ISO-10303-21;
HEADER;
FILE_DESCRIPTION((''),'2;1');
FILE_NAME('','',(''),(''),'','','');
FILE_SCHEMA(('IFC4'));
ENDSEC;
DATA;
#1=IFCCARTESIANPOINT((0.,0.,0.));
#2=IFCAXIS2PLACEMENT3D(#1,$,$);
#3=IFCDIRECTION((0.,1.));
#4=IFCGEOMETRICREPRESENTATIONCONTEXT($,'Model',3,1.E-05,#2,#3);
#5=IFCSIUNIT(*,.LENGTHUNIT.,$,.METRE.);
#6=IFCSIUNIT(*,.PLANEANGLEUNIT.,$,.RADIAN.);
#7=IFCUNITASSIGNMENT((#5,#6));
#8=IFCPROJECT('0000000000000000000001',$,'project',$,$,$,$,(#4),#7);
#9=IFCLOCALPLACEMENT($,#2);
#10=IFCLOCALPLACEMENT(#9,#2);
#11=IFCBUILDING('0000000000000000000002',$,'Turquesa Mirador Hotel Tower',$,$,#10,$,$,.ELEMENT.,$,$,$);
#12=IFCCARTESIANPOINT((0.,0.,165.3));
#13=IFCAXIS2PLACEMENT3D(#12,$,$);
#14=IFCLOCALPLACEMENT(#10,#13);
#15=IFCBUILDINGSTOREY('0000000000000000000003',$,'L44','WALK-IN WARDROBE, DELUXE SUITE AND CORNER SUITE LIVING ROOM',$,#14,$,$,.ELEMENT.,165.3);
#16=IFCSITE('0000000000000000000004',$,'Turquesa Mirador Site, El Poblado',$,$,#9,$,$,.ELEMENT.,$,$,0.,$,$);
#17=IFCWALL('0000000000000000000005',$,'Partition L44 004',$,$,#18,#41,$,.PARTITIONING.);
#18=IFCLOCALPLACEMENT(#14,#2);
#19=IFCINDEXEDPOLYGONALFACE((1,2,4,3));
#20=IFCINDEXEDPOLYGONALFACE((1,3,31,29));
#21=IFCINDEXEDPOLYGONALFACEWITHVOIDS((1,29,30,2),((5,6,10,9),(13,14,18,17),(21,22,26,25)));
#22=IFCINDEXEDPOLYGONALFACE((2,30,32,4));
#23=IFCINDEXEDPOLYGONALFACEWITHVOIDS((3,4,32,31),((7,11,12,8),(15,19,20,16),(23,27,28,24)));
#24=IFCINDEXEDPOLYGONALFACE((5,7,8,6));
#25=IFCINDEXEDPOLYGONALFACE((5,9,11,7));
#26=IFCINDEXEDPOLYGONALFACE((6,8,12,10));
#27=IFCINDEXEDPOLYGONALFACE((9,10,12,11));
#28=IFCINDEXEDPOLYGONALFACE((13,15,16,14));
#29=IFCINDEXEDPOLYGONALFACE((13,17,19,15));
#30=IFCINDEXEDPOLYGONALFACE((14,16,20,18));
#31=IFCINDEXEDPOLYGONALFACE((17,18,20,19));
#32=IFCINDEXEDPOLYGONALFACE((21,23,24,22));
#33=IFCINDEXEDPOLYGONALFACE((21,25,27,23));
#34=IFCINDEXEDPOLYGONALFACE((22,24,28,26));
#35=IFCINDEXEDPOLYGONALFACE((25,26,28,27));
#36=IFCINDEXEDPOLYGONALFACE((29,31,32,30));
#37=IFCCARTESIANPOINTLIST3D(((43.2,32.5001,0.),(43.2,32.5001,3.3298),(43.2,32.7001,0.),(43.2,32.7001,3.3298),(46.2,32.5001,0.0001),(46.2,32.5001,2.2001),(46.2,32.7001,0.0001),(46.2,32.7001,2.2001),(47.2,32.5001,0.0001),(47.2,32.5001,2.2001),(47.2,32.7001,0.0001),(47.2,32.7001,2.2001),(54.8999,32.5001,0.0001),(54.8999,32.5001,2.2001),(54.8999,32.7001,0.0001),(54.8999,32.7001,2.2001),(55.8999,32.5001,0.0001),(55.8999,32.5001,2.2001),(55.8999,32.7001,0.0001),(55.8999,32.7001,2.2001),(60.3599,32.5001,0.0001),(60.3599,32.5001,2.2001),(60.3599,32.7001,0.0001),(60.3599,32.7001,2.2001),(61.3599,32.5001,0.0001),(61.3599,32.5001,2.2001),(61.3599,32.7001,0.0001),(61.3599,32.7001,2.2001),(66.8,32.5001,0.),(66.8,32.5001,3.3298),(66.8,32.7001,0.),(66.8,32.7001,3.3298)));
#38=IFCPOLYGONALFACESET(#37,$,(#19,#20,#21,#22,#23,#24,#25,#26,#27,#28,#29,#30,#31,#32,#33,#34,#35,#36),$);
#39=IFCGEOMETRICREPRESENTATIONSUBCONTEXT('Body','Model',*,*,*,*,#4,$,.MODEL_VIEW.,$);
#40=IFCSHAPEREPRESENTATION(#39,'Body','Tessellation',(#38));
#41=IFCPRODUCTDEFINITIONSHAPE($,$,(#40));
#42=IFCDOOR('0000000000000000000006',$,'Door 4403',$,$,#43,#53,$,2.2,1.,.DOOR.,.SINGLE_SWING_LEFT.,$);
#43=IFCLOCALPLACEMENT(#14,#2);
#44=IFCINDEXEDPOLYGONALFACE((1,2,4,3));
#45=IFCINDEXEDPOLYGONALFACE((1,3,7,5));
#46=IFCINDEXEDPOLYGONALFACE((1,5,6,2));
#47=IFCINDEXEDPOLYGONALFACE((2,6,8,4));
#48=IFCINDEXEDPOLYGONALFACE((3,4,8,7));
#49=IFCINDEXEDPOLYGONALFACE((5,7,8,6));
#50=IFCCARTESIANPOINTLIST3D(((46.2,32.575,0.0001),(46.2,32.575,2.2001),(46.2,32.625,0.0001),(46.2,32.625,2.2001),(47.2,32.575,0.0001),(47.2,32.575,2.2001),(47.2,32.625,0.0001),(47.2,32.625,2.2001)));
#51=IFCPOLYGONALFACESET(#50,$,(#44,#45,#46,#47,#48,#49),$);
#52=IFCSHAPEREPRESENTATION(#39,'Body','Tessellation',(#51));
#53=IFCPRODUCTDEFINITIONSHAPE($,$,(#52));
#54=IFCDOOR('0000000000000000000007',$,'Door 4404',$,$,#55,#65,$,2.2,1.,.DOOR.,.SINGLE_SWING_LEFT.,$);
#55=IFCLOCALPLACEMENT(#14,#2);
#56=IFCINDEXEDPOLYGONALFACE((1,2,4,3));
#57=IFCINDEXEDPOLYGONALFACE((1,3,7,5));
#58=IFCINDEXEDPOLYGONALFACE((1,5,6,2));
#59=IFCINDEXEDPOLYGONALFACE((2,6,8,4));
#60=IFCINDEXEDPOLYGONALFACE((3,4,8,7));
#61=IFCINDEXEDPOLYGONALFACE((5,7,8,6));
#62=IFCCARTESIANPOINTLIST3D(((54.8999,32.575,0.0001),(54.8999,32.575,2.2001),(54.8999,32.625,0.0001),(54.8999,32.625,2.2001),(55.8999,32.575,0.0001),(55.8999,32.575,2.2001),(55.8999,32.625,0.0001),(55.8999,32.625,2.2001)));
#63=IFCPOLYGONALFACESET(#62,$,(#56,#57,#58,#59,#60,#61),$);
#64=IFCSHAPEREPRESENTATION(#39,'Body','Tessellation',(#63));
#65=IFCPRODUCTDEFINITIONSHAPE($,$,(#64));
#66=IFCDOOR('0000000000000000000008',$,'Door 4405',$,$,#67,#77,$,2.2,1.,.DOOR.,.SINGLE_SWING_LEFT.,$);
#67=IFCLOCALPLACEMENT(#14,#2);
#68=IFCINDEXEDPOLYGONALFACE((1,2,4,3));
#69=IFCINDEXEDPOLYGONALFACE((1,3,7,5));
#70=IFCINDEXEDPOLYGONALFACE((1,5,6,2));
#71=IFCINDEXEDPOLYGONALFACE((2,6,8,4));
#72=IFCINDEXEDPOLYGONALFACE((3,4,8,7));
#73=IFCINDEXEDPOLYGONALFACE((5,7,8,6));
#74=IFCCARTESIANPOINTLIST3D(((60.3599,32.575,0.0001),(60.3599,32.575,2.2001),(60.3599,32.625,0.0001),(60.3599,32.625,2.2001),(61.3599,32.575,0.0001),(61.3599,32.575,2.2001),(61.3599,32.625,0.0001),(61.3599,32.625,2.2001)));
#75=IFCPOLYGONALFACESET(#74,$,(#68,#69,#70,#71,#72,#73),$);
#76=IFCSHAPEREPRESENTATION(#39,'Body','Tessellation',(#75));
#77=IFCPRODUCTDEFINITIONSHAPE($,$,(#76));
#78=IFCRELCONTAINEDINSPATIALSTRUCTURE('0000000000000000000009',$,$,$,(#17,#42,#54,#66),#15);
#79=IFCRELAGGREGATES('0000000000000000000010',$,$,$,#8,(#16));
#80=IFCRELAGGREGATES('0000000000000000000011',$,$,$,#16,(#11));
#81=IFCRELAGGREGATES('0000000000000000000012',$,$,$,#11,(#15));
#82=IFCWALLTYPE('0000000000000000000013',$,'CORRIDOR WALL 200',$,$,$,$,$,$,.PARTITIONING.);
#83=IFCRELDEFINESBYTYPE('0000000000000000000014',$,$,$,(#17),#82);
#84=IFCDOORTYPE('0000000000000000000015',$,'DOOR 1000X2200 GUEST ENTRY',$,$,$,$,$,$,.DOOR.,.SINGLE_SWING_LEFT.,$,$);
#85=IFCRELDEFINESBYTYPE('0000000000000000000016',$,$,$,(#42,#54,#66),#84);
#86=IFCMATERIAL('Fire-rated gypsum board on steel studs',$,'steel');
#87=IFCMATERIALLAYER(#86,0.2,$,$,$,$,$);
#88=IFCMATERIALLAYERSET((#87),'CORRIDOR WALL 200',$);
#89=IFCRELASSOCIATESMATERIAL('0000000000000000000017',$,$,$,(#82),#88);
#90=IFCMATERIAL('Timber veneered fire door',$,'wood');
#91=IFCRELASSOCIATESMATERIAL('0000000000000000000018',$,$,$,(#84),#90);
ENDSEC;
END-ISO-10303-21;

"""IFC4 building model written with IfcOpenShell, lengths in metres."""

from ifc_helpers import new_model, si_unit, direction, frame, frame_2d, origin, place, context, subcontext, project, spatial, rectangle, extrude, material, layer, layer_set, type_object, element, fill, save


model = new_model("IFC4")

# Units and contexts
model_context = context("Model", 3, precision=1e-05, world=origin(), true_north=direction((0.0, 1.0)))
body_context = subcontext(model_context, "Body", "Model", "MODEL_VIEW")
ifc_project = project(units=[si_unit("LENGTHUNIT", "METRE"), si_unit("PLANEANGLEUNIT", "RADIAN")], contexts=[model_context])

# Site, building, storey
site_placement = place(None, origin())
site = spatial("IfcSite", under=ifc_project, at=site_placement, Name="Turquesa Mirador Site, El Poblado", CompositionType="ELEMENT", RefElevation=0.0)
building_placement = place(site_placement, origin())
building = spatial("IfcBuilding", under=site, at=building_placement, Name="Turquesa Mirador Hotel Tower", CompositionType="ELEMENT")
storey_placement = place(building_placement, frame((0.0, 0.0, 165.3)))
storey = spatial("IfcBuildingStorey", under=building, at=storey_placement, Name="L44", Description="WALK-IN WARDROBE, DELUXE SUITE AND CORNER SUITE LIVING ROOM", CompositionType="ELEMENT", Elevation=165.3)

# Wall, openings, doors
ifc_material_1 = material(Name="Fire-rated gypsum board on steel studs", Category="steel")
ifc_layer_1 = layer(ifc_material_1, 0.2)
ifc_layer_set_1 = layer_set([ifc_layer_1], Name="CORRIDOR WALL 200")
wall_type_1 = type_object("IfcWallType", Name="CORRIDOR WALL 200", PredefinedType="PARTITIONING", material=ifc_layer_set_1)
wall_1_placement = place(storey_placement, frame((43.2, 32.6001, 0.0), z_axis=(0.0, 0.0, 1.0), x_axis=(1.0, 0.0, 0.0)))
wall_1 = element("IfcWall", 1, at=wall_1_placement, inside=storey, type_object=wall_type_1, Name="Partition L44 004", PredefinedType="PARTITIONING", context=body_context, shape_type="SweptSolid", body=[
    extrude(rectangle(XDim=23.6001, YDim=0.2, at=frame_2d((11.8, 0.0))), origin(), (0.0, 0.0, 1.0), 3.3298),
])
opening_1_placement = place(wall_1_placement, frame((3.0, 0.0, 0.0)))
opening_1 = element("IfcOpeningElement", 2, at=opening_1_placement, cuts=wall_1, PredefinedType="OPENING", context=body_context, shape_type="SweptSolid", body=[
    extrude(rectangle(XDim=1.0, YDim=2.2, at=frame_2d((0.5, 1.1001))), frame((0.0, 0.1099, 0.0), z_axis=(0.0, -1.0, 0.0), x_axis=(1.0, 0.0, 0.0)), (0.0, 0.0, 1.0), 0.22),
])
opening_2_placement = place(wall_1_placement, frame((11.7, 0.0, 0.0)))
opening_2 = element("IfcOpeningElement", 3, at=opening_2_placement, cuts=wall_1, PredefinedType="OPENING", context=body_context, shape_type="SweptSolid", body=[
    extrude(rectangle(XDim=1.0, YDim=2.2, at=frame_2d((0.5, 1.1001))), frame((0.0, 0.1099, 0.0), z_axis=(0.0, -1.0, 0.0), x_axis=(1.0, 0.0, 0.0)), (0.0, 0.0, 1.0), 0.22),
])
opening_3_placement = place(wall_1_placement, frame((17.1599, 0.0, 0.0)))
opening_3 = element("IfcOpeningElement", 4, at=opening_3_placement, cuts=wall_1, PredefinedType="OPENING", context=body_context, shape_type="SweptSolid", body=[
    extrude(rectangle(XDim=1.0, YDim=2.2, at=frame_2d((0.5, 1.1001))), frame((0.0, 0.1099, 0.0), z_axis=(0.0, -1.0, 0.0), x_axis=(1.0, 0.0, 0.0)), (0.0, 0.0, 1.0), 0.22),
])
ifc_material_2 = material(Name="Timber veneered fire door", Category="wood")
door_type_1 = type_object("IfcDoorType", Name="DOOR 1000X2200 GUEST ENTRY", OperationType="SINGLE_SWING_LEFT", PredefinedType="DOOR", material=ifc_material_2)
door_1_placement = place(opening_1_placement, origin())
door_1 = element("IfcDoor", 5, at=door_1_placement, inside=storey, type_object=door_type_1, Name="Door 4403", OperationType="SINGLE_SWING_LEFT", OverallHeight=2.2, OverallWidth=1.0, PredefinedType="DOOR", context=body_context, shape_type="SweptSolid", body=[
    extrude(rectangle(XDim=1.0, YDim=2.2, at=frame_2d((0.5, 1.1001))), frame((0.0, 0.0249, 0.0), z_axis=(0.0, -1.0, 0.0), x_axis=(1.0, 0.0, 0.0)), (0.0, 0.0, 1.0), 0.05),
])
fill(opening_1, door_1)
door_2_placement = place(opening_2_placement, origin())
door_2 = element("IfcDoor", 6, at=door_2_placement, inside=storey, type_object=door_type_1, Name="Door 4404", OperationType="SINGLE_SWING_LEFT", OverallHeight=2.2, OverallWidth=1.0, PredefinedType="DOOR", context=body_context, shape_type="SweptSolid", body=[
    extrude(rectangle(XDim=1.0, YDim=2.2, at=frame_2d((0.5, 1.1001))), frame((0.0, 0.0249, 0.0), z_axis=(0.0, -1.0, 0.0), x_axis=(1.0, 0.0, 0.0)), (0.0, 0.0, 1.0), 0.05),
])
fill(opening_2, door_2)
door_3_placement = place(opening_3_placement, origin())
door_3 = element("IfcDoor", 7, at=door_3_placement, inside=storey, type_object=door_type_1, Name="Door 4405", OperationType="SINGLE_SWING_LEFT", OverallHeight=2.2, OverallWidth=1.0, PredefinedType="DOOR", context=body_context, shape_type="SweptSolid", body=[
    extrude(rectangle(XDim=1.0, YDim=2.2, at=frame_2d((0.5, 1.1001))), frame((0.0, 0.0249, 0.0), z_axis=(0.0, -1.0, 0.0), x_axis=(1.0, 0.0, 0.0)), (0.0, 0.0, 1.0), 0.05),
])
fill(opening_3, door_3)

save(model, "model.ifc")
